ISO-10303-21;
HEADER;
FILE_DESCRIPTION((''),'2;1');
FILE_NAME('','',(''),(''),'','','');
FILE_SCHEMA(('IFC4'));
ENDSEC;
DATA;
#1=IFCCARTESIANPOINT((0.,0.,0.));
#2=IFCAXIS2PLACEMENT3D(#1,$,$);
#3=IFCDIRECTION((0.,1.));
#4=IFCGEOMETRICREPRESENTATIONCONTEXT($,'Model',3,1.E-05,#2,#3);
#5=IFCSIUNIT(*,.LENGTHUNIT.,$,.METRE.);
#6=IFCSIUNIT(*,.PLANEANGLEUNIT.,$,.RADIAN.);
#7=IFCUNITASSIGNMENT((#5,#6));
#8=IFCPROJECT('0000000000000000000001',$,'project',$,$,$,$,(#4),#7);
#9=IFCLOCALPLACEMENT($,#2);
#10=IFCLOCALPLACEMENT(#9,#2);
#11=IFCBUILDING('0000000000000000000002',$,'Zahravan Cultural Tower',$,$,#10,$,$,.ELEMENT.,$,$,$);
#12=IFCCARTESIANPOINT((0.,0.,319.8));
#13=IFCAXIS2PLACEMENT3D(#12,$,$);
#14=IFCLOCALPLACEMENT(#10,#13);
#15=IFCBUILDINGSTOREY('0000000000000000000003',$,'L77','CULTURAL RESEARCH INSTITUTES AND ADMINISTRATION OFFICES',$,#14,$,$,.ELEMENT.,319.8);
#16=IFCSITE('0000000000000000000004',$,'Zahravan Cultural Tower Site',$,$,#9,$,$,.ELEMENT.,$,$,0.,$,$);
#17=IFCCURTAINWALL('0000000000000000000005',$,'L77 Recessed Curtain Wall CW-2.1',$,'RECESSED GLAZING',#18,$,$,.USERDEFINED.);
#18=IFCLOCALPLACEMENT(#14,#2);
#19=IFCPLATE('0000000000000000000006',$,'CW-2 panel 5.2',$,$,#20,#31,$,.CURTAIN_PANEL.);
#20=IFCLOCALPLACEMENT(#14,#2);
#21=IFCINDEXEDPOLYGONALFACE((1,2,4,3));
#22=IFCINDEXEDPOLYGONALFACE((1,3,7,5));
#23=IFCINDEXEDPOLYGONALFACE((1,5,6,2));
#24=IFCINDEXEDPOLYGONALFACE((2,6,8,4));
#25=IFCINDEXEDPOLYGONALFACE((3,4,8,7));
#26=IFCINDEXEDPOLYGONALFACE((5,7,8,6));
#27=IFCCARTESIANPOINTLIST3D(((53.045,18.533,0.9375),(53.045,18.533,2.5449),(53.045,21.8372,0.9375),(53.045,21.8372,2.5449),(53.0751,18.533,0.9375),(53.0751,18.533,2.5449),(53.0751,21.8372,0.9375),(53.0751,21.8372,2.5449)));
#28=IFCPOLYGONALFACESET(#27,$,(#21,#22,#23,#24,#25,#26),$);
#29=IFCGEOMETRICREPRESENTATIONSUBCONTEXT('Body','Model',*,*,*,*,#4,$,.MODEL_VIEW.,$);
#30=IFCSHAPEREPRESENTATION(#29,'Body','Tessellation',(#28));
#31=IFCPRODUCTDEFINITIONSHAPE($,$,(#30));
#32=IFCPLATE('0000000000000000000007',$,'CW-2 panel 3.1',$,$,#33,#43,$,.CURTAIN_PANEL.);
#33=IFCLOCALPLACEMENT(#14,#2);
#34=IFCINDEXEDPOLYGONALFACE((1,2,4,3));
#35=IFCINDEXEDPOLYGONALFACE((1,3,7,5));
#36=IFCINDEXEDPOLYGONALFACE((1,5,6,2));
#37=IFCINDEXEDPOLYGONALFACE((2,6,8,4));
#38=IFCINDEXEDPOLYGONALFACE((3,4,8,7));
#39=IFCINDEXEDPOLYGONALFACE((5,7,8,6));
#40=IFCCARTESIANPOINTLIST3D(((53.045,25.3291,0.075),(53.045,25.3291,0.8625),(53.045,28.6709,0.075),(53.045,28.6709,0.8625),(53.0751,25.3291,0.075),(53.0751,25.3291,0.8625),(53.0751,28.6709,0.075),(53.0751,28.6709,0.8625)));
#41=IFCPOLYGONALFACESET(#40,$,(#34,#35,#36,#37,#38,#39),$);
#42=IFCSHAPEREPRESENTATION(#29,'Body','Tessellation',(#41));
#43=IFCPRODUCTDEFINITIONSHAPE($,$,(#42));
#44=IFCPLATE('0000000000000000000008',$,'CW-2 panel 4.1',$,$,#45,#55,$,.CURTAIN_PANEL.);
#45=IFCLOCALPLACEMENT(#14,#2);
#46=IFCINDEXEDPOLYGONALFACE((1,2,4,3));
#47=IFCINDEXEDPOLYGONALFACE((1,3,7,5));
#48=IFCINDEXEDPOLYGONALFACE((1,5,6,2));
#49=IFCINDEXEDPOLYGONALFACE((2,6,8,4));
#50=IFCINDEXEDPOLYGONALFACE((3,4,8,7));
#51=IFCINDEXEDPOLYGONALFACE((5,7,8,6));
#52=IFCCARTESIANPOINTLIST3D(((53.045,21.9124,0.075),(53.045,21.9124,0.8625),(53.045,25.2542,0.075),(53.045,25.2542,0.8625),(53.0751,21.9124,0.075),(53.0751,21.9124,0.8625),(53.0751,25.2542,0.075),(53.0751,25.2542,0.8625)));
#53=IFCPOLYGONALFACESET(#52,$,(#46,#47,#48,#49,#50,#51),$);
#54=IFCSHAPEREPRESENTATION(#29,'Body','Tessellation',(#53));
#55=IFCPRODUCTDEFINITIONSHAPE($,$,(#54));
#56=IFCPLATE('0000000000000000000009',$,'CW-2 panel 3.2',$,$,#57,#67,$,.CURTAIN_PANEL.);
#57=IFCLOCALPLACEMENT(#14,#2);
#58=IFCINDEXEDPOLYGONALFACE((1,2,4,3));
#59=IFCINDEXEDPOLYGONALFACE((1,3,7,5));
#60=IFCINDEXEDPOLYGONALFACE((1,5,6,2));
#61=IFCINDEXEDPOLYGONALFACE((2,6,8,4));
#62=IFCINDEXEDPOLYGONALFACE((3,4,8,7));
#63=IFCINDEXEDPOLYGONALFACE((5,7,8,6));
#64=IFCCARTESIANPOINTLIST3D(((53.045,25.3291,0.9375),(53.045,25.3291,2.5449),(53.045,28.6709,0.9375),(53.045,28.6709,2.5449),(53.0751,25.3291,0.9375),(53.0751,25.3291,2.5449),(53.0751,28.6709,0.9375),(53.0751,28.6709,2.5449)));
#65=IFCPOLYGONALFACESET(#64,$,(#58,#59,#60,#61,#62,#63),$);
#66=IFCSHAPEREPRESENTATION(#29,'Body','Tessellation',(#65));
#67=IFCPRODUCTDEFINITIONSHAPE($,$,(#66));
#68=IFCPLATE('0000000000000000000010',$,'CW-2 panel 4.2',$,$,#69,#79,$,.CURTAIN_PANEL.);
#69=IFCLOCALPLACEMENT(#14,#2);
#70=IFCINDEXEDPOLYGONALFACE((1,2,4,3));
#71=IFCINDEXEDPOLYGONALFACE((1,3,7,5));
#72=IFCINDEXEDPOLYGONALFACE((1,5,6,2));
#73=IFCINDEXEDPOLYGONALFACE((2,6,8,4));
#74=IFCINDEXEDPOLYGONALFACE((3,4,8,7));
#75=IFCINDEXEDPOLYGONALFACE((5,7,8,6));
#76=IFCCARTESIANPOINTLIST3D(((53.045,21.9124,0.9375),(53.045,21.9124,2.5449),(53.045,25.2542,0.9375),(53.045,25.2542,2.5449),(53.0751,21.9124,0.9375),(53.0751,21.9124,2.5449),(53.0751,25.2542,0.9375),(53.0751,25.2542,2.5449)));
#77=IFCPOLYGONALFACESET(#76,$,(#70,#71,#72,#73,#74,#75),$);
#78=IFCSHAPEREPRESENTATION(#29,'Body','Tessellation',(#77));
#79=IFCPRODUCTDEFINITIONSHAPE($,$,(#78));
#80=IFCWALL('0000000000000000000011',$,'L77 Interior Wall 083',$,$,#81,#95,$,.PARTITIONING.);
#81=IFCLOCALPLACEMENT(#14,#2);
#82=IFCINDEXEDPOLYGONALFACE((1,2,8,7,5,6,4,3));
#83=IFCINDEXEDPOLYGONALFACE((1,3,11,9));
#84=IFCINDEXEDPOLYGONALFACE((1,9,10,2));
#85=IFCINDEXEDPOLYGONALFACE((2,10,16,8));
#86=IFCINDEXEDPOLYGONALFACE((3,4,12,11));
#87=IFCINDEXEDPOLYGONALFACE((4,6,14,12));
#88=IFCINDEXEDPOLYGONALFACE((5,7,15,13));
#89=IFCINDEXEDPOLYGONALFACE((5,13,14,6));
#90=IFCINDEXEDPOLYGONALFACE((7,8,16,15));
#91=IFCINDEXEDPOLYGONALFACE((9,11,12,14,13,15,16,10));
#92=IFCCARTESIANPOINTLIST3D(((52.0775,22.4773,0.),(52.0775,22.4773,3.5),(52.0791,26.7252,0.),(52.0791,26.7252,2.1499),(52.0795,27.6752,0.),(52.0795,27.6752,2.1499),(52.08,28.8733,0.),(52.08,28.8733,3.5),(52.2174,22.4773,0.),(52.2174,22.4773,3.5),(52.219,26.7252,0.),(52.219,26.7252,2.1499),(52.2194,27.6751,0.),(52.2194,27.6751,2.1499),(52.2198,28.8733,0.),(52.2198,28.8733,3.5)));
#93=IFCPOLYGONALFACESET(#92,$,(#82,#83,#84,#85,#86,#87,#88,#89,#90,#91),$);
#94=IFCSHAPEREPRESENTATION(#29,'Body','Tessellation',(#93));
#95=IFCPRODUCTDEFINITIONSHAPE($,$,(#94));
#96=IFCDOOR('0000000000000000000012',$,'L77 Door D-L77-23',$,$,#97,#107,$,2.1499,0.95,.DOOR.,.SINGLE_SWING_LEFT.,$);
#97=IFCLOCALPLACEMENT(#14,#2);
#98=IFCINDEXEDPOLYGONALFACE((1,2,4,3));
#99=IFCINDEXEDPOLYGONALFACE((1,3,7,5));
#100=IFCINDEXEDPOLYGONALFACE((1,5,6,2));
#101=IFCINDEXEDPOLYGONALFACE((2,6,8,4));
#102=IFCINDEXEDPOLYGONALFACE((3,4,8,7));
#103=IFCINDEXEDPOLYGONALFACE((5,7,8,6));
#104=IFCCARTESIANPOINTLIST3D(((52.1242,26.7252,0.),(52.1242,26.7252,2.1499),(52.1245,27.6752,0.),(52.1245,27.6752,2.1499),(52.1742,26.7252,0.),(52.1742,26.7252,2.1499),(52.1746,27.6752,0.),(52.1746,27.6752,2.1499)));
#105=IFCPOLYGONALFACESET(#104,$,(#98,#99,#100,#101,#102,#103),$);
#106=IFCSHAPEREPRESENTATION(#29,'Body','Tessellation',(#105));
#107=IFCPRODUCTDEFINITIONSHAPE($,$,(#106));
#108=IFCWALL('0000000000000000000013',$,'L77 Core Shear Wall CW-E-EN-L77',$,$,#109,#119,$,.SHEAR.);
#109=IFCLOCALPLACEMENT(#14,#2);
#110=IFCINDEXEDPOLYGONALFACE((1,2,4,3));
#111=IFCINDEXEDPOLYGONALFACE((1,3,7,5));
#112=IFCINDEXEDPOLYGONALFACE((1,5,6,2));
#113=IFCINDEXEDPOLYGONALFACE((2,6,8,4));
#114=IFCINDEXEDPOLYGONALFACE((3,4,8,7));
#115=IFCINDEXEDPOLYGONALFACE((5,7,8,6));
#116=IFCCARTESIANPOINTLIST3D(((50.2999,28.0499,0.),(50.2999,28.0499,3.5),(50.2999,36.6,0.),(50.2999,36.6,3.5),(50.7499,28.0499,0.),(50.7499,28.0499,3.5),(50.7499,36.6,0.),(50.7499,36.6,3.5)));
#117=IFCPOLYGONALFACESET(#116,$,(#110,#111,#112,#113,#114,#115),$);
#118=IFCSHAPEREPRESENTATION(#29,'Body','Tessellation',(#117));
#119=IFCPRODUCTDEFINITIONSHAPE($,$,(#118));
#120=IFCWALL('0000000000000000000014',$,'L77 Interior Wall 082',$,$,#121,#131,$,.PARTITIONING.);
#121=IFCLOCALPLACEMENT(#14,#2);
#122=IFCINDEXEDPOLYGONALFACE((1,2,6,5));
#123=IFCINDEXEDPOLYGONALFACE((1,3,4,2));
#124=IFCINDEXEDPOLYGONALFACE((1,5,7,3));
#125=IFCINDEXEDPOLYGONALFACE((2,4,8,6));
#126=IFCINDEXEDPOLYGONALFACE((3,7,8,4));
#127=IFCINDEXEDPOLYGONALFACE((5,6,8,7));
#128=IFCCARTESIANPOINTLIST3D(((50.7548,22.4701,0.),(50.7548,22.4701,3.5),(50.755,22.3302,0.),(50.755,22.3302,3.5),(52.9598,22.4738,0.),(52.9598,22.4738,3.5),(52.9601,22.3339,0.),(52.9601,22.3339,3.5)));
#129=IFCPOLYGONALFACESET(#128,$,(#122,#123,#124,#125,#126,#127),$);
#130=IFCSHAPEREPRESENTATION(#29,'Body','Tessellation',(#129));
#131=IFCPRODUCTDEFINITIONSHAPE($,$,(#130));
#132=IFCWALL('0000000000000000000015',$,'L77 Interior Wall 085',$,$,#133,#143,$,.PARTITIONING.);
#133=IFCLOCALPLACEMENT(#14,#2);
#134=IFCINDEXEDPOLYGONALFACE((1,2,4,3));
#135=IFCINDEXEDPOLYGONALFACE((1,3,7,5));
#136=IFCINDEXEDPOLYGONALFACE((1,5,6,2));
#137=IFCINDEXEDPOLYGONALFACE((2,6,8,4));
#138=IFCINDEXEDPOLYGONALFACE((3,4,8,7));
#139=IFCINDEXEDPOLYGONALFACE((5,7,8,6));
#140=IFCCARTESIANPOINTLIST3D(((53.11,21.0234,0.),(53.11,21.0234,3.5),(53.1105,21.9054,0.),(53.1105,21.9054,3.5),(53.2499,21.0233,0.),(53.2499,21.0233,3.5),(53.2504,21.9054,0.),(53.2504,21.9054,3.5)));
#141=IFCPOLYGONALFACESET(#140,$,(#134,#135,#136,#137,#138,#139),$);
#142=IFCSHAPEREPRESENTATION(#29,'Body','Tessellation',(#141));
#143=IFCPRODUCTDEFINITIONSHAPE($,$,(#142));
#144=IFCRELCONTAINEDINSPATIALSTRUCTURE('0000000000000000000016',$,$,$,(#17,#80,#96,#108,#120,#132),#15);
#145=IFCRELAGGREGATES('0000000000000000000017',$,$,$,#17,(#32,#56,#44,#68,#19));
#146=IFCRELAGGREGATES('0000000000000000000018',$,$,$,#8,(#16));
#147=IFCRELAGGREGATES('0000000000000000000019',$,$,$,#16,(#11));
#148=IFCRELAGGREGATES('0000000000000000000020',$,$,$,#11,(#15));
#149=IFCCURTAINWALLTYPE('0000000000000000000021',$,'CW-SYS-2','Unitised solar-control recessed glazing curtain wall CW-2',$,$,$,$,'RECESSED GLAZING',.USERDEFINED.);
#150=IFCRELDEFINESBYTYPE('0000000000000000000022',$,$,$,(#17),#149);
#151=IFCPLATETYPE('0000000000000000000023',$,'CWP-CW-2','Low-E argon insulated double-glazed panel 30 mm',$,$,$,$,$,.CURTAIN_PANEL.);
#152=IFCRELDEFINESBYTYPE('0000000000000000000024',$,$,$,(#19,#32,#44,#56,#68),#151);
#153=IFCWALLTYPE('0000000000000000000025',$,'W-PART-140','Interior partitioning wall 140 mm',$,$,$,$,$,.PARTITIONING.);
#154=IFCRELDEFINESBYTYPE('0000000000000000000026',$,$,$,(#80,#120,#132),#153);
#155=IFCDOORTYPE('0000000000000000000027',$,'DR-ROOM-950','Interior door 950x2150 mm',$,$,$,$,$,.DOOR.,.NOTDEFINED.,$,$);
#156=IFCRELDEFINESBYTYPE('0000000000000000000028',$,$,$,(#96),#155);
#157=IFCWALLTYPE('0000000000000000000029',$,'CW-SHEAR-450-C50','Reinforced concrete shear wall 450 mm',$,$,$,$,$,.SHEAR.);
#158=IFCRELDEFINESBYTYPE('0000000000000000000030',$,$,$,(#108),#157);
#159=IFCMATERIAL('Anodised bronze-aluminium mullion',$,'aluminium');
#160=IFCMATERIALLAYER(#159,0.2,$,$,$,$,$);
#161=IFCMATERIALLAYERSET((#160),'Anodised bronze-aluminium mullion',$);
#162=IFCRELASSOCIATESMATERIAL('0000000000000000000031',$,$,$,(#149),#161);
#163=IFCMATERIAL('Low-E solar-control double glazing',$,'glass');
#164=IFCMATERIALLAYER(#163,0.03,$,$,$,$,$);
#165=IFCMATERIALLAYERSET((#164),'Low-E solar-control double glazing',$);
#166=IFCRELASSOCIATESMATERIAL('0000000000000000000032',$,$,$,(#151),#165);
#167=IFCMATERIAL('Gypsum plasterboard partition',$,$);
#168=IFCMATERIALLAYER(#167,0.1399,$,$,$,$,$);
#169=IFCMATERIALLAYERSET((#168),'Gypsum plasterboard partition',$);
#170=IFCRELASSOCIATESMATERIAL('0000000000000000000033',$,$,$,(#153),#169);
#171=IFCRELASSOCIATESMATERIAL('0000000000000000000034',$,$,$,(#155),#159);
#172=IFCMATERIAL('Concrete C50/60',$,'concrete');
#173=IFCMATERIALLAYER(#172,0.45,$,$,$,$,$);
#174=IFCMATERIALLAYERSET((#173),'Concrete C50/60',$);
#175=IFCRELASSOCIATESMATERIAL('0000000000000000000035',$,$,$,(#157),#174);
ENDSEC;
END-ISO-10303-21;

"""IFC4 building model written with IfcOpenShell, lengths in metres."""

from ifc_helpers import new_model, si_unit, direction, frame, frame_2d, origin, origin_2d, place, context, subcontext, project, spatial, rectangle, extrude, source, transform, mapped, material, layer, layer_set, type_object, element, fill, aggregate, save


model = new_model("IFC4")

# Units and contexts
model_context = context("Model", 3, precision=1e-05, world=origin(), true_north=direction((0.0, 1.0)))
body_context = subcontext(model_context, "Body", "Model", "MODEL_VIEW")
ifc_project = project(units=[si_unit("LENGTHUNIT", "METRE"), si_unit("PLANEANGLEUNIT", "RADIAN")], contexts=[model_context])

# Site, building, storey
site_placement = place(None, origin())
site = spatial("IfcSite", under=ifc_project, at=site_placement, Name="Zahravan Cultural Tower Site", CompositionType="ELEMENT", RefElevation=0.0)
building_placement = place(site_placement, origin())
building = spatial("IfcBuilding", under=site, at=building_placement, Name="Zahravan Cultural Tower", CompositionType="ELEMENT")
storey_placement = place(building_placement, frame((0.0, 0.0, 319.8)))
storey = spatial("IfcBuildingStorey", under=building, at=storey_placement, Name="L77", Description="CULTURAL RESEARCH INSTITUTES AND ADMINISTRATION OFFICES", CompositionType="ELEMENT", Elevation=319.8)

# Curtain wall
ifc_material_1 = material(Name="Anodised bronze-aluminium mullion", Category="aluminium")
ifc_layer_1 = layer(ifc_material_1, 0.2)
ifc_layer_set_1 = layer_set([ifc_layer_1], Name="Anodised bronze-aluminium mullion")
curtain_wall_type = type_object("IfcCurtainWallType", Name="CW-SYS-2", Description="Unitised solar-control recessed glazing curtain wall CW-2", ElementType="RECESSED GLAZING", PredefinedType="USERDEFINED", material=ifc_layer_set_1)
curtain_wall_placement = place(storey_placement, origin())
curtain_wall = element("IfcCurtainWall", 1, at=curtain_wall_placement, inside=storey, type_object=curtain_wall_type, Name="L77 Recessed Curtain Wall CW-2.1", ObjectType="RECESSED GLAZING", PredefinedType="USERDEFINED")

# Plates
ifc_material_2 = material(Name="Low-E solar-control double glazing", Category="glass")
ifc_layer_2 = layer(ifc_material_2, 0.03)
ifc_layer_set_2 = layer_set([ifc_layer_2], Name="Low-E solar-control double glazing")
plate_type_1 = type_object("IfcPlateType", Name="CWP-CW-2", Description="Low-E argon insulated double-glazed panel 30 mm", PredefinedType="CURTAIN_PANEL", material=ifc_layer_set_2)
shared_shape_1 = source(origin(), body_context, "Body", "SweptSolid", [
    extrude(rectangle(XDim=3.3042, YDim=0.03, at=origin_2d()), origin(), (0.0, 0.0, 1.0), 1.6074),
])
plate_1_placement = place(storey_placement, frame((53.0601, 20.1851, 0.9375), z_axis=(0.0, 0.0, 1.0), x_axis=(0.0, -1.0, 0.0)))
plate_1 = element("IfcPlate", 2, at=plate_1_placement, type_object=plate_type_1, Name="CW-2 panel 5.2", PredefinedType="CURTAIN_PANEL", context=body_context, shape_type="MappedRepresentation", body=[
    mapped(shared_shape_1, transform((0.0, 0.0, 0.0), x_axis=(1.0, 0.0, 0.0), y_axis=(0.0, 1.0, 0.0), z_axis=(0.0, 0.0, 1.0), scale=1.0)),
])
shared_shape_2 = source(origin(), body_context, "Body", "SweptSolid", [
    extrude(rectangle(XDim=3.3418, YDim=0.03, at=origin_2d()), origin(), (0.0, 0.0, 1.0), 0.7876),
])
plate_2_placement = place(storey_placement, frame((53.0601, 27.0, 0.075), z_axis=(0.0, 0.0, 1.0), x_axis=(0.0, -1.0, 0.0)))
plate_2 = element("IfcPlate", 3, at=plate_2_placement, type_object=plate_type_1, Name="CW-2 panel 3.1", PredefinedType="CURTAIN_PANEL", context=body_context, shape_type="MappedRepresentation", body=[
    mapped(shared_shape_2, transform((0.0, 0.0, 0.0), x_axis=(1.0, 0.0, 0.0), y_axis=(0.0, 1.0, 0.0), z_axis=(0.0, 0.0, 1.0), scale=1.0)),
])
plate_3_placement = place(storey_placement, frame((53.0601, 23.5833, 0.075), z_axis=(0.0, 0.0, 1.0), x_axis=(0.0, -1.0, 0.0)))
plate_3 = element("IfcPlate", 4, at=plate_3_placement, type_object=plate_type_1, Name="CW-2 panel 4.1", PredefinedType="CURTAIN_PANEL", context=body_context, shape_type="MappedRepresentation", body=[
    mapped(shared_shape_2, transform((0.0, 0.0, 0.0), x_axis=(1.0, 0.0, 0.0), y_axis=(0.0, 1.0, 0.0), z_axis=(0.0, 0.0, 1.0), scale=1.0)),
])
shared_shape_3 = source(origin(), body_context, "Body", "SweptSolid", [
    extrude(rectangle(XDim=3.3418, YDim=0.03, at=origin_2d()), origin(), (0.0, 0.0, 1.0), 1.6074),
])
plate_4_placement = place(storey_placement, frame((53.0601, 27.0, 0.9375), z_axis=(0.0, 0.0, 1.0), x_axis=(0.0, -1.0, 0.0)))
plate_4 = element("IfcPlate", 5, at=plate_4_placement, type_object=plate_type_1, Name="CW-2 panel 3.2", PredefinedType="CURTAIN_PANEL", context=body_context, shape_type="MappedRepresentation", body=[
    mapped(shared_shape_3, transform((0.0, 0.0, 0.0), x_axis=(1.0, 0.0, 0.0), y_axis=(0.0, 1.0, 0.0), z_axis=(0.0, 0.0, 1.0), scale=1.0)),
])
plate_5_placement = place(storey_placement, frame((53.0601, 23.5833, 0.9375), z_axis=(0.0, 0.0, 1.0), x_axis=(0.0, -1.0, 0.0)))
plate_5 = element("IfcPlate", 6, at=plate_5_placement, type_object=plate_type_1, Name="CW-2 panel 4.2", PredefinedType="CURTAIN_PANEL", context=body_context, shape_type="MappedRepresentation", body=[
    mapped(shared_shape_3, transform((0.0, 0.0, 0.0), x_axis=(1.0, 0.0, 0.0), y_axis=(0.0, 1.0, 0.0), z_axis=(0.0, 0.0, 1.0), scale=1.0)),
])
aggregate(curtain_wall, [plate_2, plate_4, plate_3, plate_5, plate_1])

# Wall, opening, door
ifc_material_3 = material(Name="Gypsum plasterboard partition")
ifc_layer_3 = layer(ifc_material_3, 0.1399)
ifc_layer_set_3 = layer_set([ifc_layer_3], Name="Gypsum plasterboard partition")
wall_type_1 = type_object("IfcWallType", Name="W-PART-140", Description="Interior partitioning wall 140 mm", PredefinedType="PARTITIONING", material=ifc_layer_set_3)
wall_1_placement = place(storey_placement, frame((52.1475, 22.4773, 0.0), z_axis=(0.0, 0.0, 1.0), x_axis=(0.000382, 1.0, 0.0)))
wall_1 = element("IfcWall", 7, at=wall_1_placement, inside=storey, type_object=wall_type_1, Name="L77 Interior Wall 083", PredefinedType="PARTITIONING", context=body_context, shape_type="SweptSolid", body=[
    extrude(rectangle(XDim=6.396, YDim=0.1399, at=frame_2d((3.198, 0.0))), origin(), (0.0, 0.0, 1.0), 3.5),
])
opening_placement = place(wall_1_placement, frame((4.2478, 0.0, 0.0)))
opening = element("IfcOpeningElement", 8, at=opening_placement, cuts=wall_1, PredefinedType="OPENING", context=body_context, shape_type="SweptSolid", body=[
    extrude(rectangle(XDim=0.95, YDim=2.1499, at=frame_2d((0.4751, 1.075))), frame((0.0, 0.0798, 0.0), z_axis=(0.0, -1.0, 0.0), x_axis=(1.0, 0.0, 0.0)), (0.0, 0.0, 1.0), 0.1599),
])
door_type = type_object("IfcDoorType", Name="DR-ROOM-950", Description="Interior door 950x2150 mm", OperationType="NOTDEFINED", PredefinedType="DOOR", material=ifc_material_1)
shared_shape_4 = source(origin(), body_context, "Body", "SweptSolid", [
    extrude(rectangle(XDim=0.95, YDim=2.1499, at=frame_2d((0.4751, 1.075))), frame((0.0, 0.0249, 0.0), z_axis=(0.0, -1.0, 0.0), x_axis=(1.0, 0.0, 0.0)), (0.0, 0.0, 1.0), 0.05),
])
door_placement = place(opening_placement, origin())
door = element("IfcDoor", 9, at=door_placement, inside=storey, type_object=door_type, Name="L77 Door D-L77-23", OperationType="SINGLE_SWING_LEFT", OverallHeight=2.1499, OverallWidth=0.95, PredefinedType="DOOR", context=body_context, shape_type="MappedRepresentation", body=[
    mapped(shared_shape_4, transform((0.0, 0.0, 0.0), x_axis=(1.0, 0.0, 0.0), y_axis=(0.0, 1.0, 0.0), z_axis=(0.0, 0.0, 1.0), scale=1.0)),
])
fill(opening, door)

# Walls
ifc_material_4 = material(Name="Concrete C50/60", Category="concrete")
ifc_layer_4 = layer(ifc_material_4, 0.45)
ifc_layer_set_4 = layer_set([ifc_layer_4], Name="Concrete C50/60")
wall_type_2 = type_object("IfcWallType", Name="CW-SHEAR-450-C50", Description="Reinforced concrete shear wall 450 mm", PredefinedType="SHEAR", material=ifc_layer_set_4)
shared_shape_5 = source(origin(), body_context, "Body", "SweptSolid", [
    extrude(rectangle(XDim=8.55, YDim=0.45, at=frame_2d((4.2749, 0.0))), origin(), (0.0, 0.0, 1.0), 3.5),
])
wall_2_placement = place(storey_placement, frame((50.5249, 28.05, 0.0), z_axis=(0.0, 0.0, 1.0), x_axis=(0.0, 1.0, 0.0)))
element("IfcWall", 10, at=wall_2_placement, inside=storey, type_object=wall_type_2, Name="L77 Core Shear Wall CW-E-EN-L77", PredefinedType="SHEAR", context=body_context, shape_type="MappedRepresentation", body=[
    mapped(shared_shape_5, transform((0.0, 0.0, 0.0), x_axis=(1.0, 0.0, 0.0), y_axis=(0.0, 1.0, 0.0), z_axis=(0.0, 0.0, 1.0), scale=1.0)),
])
shared_shape_6 = source(origin(), body_context, "Body", "SweptSolid", [
    extrude(rectangle(XDim=2.2051, YDim=0.1399, at=frame_2d((1.1025, 0.0))), origin(), (0.0, 0.0, 1.0), 3.5),
])
wall_3_placement = place(storey_placement, frame((50.7549, 22.4001, 0.0), z_axis=(0.0, 0.0, 1.0), x_axis=(0.999999, 0.001661, 0.0)))
element("IfcWall", 11, at=wall_3_placement, inside=storey, type_object=wall_type_1, Name="L77 Interior Wall 082", PredefinedType="PARTITIONING", context=body_context, shape_type="MappedRepresentation", body=[
    mapped(shared_shape_6, transform((0.0, 0.0, 0.0), x_axis=(1.0, 0.0, 0.0), y_axis=(0.0, 1.0, 0.0), z_axis=(0.0, 0.0, 1.0), scale=1.0)),
])
shared_shape_7 = source(origin(), body_context, "Body", "SweptSolid", [
    extrude(rectangle(XDim=0.8821, YDim=0.1399, at=frame_2d((0.4409, 0.0))), origin(), (0.0, 0.0, 1.0), 3.5),
])
wall_4_placement = place(storey_placement, frame((53.1804, 21.9053, 0.0), z_axis=(0.0, 0.0, 1.0), x_axis=(-0.000554, -1.0, 0.0)))
element("IfcWall", 12, at=wall_4_placement, inside=storey, type_object=wall_type_1, Name="L77 Interior Wall 085", PredefinedType="PARTITIONING", context=body_context, shape_type="MappedRepresentation", body=[
    mapped(shared_shape_7, transform((0.0, 0.0, 0.0), x_axis=(1.0, 0.0, 0.0), y_axis=(0.0, 1.0, 0.0), z_axis=(0.0, 0.0, 1.0), scale=1.0)),
])

save(model, "model.ifc")
